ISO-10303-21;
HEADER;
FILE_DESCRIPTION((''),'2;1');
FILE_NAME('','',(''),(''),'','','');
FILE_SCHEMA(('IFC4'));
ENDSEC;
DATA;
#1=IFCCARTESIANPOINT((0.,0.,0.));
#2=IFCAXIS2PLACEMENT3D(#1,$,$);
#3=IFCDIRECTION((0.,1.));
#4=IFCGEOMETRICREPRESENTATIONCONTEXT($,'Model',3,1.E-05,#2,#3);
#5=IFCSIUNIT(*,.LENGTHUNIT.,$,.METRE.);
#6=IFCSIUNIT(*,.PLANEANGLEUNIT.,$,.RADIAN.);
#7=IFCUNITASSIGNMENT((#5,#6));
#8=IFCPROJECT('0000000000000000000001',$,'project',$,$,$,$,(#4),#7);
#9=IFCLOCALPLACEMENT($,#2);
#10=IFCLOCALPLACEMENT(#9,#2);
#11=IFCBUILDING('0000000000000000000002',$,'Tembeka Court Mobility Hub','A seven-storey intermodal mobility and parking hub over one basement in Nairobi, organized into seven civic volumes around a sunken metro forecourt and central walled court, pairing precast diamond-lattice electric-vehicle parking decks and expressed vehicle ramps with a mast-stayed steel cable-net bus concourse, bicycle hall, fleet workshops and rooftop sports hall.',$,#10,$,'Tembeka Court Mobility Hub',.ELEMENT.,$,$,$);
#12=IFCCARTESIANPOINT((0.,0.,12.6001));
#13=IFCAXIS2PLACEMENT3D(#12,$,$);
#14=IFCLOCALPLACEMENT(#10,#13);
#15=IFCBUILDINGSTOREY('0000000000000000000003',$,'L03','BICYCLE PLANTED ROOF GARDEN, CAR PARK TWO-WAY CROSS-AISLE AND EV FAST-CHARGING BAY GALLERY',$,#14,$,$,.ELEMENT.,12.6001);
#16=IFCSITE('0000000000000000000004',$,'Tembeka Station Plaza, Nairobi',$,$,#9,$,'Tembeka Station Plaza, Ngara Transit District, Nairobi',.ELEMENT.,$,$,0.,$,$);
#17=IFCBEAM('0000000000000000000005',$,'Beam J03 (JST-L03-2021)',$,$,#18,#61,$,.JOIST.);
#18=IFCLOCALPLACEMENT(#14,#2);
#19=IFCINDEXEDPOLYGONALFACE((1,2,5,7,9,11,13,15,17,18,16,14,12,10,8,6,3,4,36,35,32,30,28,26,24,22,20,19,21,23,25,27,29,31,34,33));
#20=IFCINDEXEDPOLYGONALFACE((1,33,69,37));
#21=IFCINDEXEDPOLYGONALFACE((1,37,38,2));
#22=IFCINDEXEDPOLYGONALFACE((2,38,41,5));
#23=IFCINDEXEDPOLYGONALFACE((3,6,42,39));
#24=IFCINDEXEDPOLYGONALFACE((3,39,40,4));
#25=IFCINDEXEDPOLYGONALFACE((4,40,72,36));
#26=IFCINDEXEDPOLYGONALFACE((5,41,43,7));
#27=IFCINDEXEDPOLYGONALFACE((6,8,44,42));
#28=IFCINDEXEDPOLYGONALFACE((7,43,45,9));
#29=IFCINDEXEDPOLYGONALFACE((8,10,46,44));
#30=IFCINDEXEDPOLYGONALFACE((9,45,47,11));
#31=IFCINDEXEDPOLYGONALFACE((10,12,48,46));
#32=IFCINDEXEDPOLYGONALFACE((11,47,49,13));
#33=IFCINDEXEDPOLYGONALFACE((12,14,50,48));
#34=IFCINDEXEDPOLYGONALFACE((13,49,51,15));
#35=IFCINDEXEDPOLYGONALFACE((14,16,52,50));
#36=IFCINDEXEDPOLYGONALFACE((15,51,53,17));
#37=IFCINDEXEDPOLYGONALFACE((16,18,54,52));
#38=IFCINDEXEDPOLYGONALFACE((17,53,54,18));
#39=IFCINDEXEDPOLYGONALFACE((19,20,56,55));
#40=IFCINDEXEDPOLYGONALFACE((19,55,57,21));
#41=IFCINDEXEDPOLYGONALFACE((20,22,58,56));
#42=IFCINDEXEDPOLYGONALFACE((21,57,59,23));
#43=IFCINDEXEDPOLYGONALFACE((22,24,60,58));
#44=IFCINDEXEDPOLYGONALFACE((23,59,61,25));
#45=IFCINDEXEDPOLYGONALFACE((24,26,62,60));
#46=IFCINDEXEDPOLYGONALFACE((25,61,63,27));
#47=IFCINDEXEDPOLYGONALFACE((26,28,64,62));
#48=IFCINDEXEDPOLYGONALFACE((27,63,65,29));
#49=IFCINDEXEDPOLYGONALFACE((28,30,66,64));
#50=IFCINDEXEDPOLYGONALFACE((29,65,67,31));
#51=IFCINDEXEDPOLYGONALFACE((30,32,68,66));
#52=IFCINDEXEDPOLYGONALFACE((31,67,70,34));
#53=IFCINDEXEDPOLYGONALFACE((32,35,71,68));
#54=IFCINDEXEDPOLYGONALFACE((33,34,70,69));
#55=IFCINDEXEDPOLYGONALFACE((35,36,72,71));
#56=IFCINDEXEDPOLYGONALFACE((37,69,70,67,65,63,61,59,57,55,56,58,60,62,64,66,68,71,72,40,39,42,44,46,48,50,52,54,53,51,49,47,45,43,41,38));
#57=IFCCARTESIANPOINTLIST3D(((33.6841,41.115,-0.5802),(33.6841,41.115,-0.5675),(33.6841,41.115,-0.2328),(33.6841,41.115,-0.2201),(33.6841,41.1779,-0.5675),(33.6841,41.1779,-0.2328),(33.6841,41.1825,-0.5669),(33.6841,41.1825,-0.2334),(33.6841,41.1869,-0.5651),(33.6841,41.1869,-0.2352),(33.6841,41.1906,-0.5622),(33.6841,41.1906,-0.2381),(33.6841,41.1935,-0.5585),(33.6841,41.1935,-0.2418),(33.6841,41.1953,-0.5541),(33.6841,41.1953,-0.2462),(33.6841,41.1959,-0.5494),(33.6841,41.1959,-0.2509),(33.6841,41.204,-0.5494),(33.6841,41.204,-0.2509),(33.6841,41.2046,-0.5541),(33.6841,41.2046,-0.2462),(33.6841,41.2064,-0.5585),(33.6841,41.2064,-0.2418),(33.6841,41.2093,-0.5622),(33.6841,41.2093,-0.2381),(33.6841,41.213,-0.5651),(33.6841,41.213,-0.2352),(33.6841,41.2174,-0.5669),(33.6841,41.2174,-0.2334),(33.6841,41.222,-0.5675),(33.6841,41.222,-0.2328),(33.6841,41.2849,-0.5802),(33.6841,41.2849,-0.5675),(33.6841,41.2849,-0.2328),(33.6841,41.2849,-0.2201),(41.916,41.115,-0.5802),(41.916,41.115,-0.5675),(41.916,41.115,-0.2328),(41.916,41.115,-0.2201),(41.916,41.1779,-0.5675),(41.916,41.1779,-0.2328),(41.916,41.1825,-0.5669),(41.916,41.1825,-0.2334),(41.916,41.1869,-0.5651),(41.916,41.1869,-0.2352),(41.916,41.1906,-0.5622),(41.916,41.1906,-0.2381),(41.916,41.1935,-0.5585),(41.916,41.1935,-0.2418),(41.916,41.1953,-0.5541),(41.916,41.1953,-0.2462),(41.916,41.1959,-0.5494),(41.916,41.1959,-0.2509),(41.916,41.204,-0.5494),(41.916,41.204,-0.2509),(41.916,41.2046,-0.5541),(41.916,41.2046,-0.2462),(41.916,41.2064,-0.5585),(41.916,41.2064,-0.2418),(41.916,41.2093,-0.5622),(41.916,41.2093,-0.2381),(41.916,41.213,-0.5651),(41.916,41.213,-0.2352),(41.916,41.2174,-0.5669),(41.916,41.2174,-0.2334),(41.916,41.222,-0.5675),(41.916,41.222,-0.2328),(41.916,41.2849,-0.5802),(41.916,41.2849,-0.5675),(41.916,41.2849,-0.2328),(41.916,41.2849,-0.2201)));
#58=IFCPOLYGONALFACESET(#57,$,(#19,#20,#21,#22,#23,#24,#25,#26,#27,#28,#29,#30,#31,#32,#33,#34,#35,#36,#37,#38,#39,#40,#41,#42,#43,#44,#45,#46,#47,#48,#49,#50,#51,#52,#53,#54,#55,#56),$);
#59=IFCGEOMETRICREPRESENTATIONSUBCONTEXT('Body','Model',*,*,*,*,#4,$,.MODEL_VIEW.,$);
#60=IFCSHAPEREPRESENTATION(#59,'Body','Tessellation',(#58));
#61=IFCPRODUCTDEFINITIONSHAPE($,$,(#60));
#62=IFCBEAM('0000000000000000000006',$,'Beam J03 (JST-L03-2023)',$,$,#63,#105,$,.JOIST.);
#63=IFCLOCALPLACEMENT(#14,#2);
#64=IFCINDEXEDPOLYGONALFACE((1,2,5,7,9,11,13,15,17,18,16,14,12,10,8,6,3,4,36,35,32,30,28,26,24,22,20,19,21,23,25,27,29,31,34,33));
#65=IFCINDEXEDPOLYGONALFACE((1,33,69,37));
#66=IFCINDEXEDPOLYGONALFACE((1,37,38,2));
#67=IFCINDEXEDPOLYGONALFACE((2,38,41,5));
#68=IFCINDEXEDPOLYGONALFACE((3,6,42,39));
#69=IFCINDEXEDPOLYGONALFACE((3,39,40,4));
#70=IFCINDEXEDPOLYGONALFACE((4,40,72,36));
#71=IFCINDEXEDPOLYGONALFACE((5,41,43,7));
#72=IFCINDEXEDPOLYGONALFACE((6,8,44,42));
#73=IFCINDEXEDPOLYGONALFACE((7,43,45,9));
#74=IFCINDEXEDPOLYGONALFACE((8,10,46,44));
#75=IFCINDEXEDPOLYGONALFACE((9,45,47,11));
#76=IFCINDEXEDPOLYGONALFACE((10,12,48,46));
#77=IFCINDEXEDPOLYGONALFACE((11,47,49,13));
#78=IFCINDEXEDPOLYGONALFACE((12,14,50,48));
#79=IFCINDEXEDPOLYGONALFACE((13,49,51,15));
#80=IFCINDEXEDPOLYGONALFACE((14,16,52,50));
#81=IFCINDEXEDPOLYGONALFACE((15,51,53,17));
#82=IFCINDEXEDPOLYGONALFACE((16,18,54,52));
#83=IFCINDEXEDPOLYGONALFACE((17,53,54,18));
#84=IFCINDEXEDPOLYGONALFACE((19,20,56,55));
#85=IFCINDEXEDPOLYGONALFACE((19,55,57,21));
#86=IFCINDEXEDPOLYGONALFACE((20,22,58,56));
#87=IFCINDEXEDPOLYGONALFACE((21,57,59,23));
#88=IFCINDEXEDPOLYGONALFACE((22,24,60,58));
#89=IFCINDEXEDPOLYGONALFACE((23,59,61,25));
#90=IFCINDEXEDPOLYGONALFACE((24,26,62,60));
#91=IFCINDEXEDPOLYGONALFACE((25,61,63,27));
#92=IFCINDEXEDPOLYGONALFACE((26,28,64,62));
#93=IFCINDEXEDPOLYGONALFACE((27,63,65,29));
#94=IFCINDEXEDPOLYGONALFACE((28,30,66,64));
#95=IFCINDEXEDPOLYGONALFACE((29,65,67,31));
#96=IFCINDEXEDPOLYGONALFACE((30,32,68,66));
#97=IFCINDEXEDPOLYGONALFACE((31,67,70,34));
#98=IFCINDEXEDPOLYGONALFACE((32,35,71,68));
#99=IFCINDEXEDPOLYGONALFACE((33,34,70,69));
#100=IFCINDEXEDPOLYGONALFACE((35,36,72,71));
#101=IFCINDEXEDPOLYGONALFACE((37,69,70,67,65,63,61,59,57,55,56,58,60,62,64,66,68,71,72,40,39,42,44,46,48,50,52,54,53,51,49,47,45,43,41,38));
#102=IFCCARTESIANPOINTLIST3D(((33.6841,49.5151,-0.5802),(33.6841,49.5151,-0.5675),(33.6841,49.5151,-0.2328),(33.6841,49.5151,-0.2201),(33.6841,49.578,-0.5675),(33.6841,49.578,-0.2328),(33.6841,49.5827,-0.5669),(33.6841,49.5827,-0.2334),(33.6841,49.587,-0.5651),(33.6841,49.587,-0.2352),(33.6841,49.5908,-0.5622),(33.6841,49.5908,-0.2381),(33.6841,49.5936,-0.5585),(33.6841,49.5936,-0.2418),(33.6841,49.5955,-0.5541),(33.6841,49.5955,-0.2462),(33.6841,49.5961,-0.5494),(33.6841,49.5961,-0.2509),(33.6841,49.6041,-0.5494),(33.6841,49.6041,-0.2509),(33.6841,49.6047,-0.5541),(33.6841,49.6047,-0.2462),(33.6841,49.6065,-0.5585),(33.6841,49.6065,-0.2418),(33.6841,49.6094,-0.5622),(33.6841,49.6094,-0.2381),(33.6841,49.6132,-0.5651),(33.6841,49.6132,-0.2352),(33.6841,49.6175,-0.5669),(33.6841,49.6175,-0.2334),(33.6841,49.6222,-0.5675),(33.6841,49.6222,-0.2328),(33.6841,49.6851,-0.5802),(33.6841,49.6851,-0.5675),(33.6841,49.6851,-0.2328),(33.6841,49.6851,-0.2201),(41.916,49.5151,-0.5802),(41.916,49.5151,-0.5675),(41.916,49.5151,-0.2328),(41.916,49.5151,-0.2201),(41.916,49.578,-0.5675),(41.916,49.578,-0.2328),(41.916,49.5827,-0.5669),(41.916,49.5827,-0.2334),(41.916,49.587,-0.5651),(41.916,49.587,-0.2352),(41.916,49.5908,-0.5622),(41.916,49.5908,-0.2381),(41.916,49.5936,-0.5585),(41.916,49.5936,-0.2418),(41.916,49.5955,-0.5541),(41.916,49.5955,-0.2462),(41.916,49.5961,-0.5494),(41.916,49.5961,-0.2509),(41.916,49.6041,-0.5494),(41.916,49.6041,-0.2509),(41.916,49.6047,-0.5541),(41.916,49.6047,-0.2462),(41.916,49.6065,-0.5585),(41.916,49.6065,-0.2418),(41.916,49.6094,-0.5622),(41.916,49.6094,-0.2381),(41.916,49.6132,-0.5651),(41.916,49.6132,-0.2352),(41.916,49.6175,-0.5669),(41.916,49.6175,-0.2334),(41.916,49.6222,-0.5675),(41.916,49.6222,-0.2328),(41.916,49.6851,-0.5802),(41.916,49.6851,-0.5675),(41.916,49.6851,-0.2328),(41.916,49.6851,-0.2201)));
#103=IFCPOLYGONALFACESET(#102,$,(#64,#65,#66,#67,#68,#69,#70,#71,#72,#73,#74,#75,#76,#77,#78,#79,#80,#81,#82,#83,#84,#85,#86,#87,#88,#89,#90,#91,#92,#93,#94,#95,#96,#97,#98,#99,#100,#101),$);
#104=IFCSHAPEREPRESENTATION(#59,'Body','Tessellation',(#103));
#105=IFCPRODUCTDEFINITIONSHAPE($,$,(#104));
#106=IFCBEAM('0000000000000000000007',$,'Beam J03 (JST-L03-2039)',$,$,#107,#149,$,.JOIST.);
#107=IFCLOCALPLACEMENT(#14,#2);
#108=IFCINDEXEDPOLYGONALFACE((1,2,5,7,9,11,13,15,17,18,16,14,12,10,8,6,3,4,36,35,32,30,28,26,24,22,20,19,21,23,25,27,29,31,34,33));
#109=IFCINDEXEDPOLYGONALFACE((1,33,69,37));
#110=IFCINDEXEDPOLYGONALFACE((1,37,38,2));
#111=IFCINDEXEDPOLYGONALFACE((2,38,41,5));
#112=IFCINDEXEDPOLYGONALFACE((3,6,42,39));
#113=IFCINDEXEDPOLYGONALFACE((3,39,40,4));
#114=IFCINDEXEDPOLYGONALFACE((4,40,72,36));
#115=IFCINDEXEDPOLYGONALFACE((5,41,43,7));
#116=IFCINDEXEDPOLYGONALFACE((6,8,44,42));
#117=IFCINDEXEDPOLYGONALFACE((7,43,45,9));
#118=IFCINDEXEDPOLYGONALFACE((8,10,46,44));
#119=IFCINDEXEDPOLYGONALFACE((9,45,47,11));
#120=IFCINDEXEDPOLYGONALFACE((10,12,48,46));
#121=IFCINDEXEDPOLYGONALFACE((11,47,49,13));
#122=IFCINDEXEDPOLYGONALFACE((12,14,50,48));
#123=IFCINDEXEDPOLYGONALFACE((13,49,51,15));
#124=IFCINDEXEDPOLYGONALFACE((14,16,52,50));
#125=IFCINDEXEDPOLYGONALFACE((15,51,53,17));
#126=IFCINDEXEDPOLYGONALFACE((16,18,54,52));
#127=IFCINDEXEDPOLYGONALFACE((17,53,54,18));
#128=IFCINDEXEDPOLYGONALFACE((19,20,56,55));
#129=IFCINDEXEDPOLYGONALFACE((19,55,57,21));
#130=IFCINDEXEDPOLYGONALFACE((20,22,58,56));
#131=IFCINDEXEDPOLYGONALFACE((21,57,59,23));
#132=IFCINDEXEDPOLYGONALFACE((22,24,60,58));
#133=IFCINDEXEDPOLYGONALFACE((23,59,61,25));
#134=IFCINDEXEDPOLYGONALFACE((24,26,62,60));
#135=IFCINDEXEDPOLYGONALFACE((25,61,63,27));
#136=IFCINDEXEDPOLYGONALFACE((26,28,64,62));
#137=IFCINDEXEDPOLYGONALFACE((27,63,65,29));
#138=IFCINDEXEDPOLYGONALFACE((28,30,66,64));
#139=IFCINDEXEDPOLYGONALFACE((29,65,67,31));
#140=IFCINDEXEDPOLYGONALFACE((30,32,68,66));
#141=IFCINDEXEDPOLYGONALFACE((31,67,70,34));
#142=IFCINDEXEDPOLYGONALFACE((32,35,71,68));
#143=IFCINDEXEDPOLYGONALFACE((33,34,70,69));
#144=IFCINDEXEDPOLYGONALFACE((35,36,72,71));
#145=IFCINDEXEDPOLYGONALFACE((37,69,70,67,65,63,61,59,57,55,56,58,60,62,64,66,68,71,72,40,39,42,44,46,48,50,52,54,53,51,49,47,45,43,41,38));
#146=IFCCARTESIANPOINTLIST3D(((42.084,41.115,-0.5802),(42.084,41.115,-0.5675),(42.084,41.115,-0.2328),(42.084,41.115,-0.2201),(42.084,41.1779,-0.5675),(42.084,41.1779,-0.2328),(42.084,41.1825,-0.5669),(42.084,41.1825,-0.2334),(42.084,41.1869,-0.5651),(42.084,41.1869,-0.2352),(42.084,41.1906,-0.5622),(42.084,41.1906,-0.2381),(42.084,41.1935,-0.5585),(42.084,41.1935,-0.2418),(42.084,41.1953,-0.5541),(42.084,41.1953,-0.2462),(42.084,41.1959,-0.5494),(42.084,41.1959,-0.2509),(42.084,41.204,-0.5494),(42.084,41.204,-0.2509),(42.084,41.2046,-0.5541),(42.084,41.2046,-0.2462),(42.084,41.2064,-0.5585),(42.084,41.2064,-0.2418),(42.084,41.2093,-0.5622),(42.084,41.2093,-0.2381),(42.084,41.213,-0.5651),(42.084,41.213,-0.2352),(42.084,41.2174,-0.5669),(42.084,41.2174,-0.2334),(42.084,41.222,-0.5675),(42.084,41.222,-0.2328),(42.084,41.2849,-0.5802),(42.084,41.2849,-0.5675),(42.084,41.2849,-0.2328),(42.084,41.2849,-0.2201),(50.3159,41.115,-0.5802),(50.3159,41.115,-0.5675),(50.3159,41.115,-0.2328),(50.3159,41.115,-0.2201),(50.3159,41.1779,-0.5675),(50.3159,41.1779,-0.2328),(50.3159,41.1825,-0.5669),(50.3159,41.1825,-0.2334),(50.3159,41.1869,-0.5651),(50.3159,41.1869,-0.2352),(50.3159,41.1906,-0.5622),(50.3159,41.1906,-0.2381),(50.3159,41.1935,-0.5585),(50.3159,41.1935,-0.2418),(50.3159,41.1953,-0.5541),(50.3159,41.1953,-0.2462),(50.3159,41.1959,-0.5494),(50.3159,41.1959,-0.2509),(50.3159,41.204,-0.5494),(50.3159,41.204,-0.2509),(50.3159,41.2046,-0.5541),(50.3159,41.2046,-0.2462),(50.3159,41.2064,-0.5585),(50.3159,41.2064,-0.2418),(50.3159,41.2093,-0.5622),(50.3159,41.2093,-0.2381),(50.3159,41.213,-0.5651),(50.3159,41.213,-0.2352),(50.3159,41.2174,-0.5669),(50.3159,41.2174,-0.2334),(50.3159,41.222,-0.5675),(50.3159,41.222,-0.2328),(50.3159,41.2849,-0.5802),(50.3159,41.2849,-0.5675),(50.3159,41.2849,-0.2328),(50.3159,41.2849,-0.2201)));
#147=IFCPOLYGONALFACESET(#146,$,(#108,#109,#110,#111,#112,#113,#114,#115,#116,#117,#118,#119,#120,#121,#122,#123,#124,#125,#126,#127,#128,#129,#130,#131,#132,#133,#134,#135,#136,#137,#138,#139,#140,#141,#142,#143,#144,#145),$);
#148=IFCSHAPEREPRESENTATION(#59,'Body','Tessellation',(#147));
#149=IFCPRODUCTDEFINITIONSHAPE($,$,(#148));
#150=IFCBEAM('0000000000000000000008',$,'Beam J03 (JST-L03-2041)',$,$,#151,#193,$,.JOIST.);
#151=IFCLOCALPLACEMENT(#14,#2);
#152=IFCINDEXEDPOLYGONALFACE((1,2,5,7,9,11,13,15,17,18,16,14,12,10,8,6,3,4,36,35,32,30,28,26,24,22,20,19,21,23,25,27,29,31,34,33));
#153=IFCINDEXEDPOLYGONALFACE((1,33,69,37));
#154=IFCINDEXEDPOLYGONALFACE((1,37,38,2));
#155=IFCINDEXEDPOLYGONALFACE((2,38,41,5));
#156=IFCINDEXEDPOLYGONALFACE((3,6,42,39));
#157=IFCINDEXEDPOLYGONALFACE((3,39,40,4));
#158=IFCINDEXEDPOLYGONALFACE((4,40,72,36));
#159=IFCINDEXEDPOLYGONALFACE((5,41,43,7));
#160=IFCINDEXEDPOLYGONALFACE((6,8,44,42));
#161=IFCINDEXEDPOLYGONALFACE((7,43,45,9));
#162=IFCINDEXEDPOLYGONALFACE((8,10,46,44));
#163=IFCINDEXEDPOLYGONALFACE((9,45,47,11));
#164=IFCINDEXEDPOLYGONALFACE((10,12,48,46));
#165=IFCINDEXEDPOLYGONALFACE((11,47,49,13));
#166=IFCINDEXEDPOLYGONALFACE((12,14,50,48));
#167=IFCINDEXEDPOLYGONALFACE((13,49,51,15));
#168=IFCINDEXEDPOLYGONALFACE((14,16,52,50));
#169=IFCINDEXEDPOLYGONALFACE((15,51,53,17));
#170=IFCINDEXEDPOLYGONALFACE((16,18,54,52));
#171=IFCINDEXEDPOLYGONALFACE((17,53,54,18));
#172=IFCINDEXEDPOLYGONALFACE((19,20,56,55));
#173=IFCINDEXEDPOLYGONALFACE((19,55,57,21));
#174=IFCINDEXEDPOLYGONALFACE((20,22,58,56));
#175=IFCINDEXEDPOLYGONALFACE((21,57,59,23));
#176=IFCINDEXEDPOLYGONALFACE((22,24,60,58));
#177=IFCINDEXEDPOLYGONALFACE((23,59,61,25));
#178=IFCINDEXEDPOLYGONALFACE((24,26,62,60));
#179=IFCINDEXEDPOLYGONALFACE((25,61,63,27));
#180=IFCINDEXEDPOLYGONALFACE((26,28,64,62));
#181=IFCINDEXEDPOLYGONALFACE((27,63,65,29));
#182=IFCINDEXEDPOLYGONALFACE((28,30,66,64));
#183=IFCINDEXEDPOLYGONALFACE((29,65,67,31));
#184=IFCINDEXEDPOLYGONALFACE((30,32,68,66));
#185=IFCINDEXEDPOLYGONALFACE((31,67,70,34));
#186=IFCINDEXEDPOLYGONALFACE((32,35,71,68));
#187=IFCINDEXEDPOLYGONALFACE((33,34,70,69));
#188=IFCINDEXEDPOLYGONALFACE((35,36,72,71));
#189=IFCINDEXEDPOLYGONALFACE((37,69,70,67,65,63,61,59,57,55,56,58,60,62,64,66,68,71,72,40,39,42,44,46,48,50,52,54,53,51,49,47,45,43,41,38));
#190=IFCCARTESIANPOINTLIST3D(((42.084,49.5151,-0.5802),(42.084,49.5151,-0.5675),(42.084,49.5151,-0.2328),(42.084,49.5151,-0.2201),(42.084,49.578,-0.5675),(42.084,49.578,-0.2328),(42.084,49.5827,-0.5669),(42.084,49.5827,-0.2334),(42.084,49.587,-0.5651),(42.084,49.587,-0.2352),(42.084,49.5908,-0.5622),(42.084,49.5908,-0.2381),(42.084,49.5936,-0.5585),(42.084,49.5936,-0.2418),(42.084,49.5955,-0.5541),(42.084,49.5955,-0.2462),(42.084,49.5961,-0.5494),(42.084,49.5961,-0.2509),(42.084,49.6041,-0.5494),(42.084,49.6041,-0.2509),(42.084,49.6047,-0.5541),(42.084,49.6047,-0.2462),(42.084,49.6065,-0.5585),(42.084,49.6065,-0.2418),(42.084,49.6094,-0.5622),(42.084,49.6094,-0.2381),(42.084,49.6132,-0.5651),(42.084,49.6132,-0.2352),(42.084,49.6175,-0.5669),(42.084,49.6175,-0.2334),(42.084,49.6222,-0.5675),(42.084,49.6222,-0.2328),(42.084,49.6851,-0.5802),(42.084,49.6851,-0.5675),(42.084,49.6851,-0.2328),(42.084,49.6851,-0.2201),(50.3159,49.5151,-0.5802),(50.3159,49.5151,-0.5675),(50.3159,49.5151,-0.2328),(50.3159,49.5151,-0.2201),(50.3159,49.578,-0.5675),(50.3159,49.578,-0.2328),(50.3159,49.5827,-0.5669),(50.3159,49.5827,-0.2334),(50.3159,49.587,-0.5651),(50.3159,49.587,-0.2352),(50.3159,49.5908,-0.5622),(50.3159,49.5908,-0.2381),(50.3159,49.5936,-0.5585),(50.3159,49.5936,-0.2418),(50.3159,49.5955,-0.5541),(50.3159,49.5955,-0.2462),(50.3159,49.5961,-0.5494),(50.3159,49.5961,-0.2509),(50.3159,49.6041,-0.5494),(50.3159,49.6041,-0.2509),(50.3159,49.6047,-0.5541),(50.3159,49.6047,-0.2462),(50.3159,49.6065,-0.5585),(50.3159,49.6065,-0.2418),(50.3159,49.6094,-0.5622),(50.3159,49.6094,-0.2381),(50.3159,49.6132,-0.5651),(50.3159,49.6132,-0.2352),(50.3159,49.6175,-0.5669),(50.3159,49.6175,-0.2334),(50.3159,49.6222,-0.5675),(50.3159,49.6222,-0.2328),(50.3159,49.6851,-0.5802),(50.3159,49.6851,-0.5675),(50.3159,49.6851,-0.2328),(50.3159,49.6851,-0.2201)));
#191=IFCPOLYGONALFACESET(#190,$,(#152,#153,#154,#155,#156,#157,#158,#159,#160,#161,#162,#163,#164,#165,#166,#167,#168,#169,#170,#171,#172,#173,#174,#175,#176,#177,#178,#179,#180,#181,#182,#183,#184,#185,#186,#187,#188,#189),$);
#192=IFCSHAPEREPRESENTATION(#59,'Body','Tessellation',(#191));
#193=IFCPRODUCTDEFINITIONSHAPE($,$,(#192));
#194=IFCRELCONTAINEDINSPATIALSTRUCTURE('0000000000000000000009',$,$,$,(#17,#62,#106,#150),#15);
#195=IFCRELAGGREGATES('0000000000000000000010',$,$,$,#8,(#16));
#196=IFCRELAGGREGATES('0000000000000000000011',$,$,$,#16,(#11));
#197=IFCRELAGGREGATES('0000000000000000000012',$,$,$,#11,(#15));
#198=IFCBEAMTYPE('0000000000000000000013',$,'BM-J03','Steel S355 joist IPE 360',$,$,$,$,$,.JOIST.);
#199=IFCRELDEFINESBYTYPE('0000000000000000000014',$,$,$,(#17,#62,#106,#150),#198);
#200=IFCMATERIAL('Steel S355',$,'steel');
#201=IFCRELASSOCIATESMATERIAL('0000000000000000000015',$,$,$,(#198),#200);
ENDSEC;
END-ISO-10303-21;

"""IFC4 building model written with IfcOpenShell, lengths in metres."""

from ifc_helpers import new_model, si_unit, direction, frame, origin, origin_2d, place, context, subcontext, project, spatial, i_section, extrude, material, material_profile, profile_set, type_object, element, save


model = new_model("IFC4")

# Units and contexts
model_context = context("Model", 3, precision=1e-05, world=origin(), true_north=direction((0.0, 1.0)))
body_context = subcontext(model_context, "Body", "Model", "MODEL_VIEW")
ifc_project = project(units=[si_unit("LENGTHUNIT", "METRE"), si_unit("PLANEANGLEUNIT", "RADIAN")], contexts=[model_context])

# Site, building, storey
site_placement = place(None, origin())
site = spatial("IfcSite", under=ifc_project, at=site_placement, Name="Tembeka Station Plaza, Nairobi", LongName="Tembeka Station Plaza, Ngara Transit District, Nairobi", CompositionType="ELEMENT", RefElevation=0.0)
building_placement = place(site_placement, origin())
building = spatial("IfcBuilding", under=site, at=building_placement, Name="Tembeka Court Mobility Hub", Description="A seven-storey intermodal mobility and parking hub over one basement in Nairobi, organized into seven civic volumes around a sunken metro forecourt and central walled court, pairing precast diamond-lattice electric-vehicle parking decks and expressed vehicle ramps with a mast-stayed steel cable-net bus concourse, bicycle hall, fleet workshops and rooftop sports hall.", LongName="Tembeka Court Mobility Hub", CompositionType="ELEMENT")
storey_placement = place(building_placement, frame((0.0, 0.0, 12.6001)))
storey = spatial("IfcBuildingStorey", under=building, at=storey_placement, Name="L03", Description="BICYCLE PLANTED ROOF GARDEN, CAR PARK TWO-WAY CROSS-AISLE AND EV FAST-CHARGING BAY GALLERY", CompositionType="ELEMENT", Elevation=12.6001)

# Shared definitions
ifc_material_1 = material(Name="Steel S355", Category="steel")

# Beams
ifc_material_profile_1 = material_profile(ifc_material_1, i_section(OverallWidth=0.1699, OverallDepth=0.3601, WebThickness=0.0081, FlangeThickness=0.0127, FilletRadius=0.0181, at=origin_2d()), Name="IPE 360")
ifc_profile_set_1 = profile_set([ifc_material_profile_1], Name="Steel S355")
beam_type_1 = type_object("IfcBeamType", Name="BM-J03", Description="Steel S355 joist IPE 360", PredefinedType="JOIST", material=ifc_profile_set_1)
for number, where, z_axis, x_axis, name in (
    (1, (33.6841, 41.2, -0.4001), (1.0, 0.0, 0.0), (0.0, 1.0, 0.0), "Beam J03 (JST-L03-2021)"),
    (2, (33.6841, 49.6001, -0.4001), (1.0, 0.0, 0.0), (0.0, 1.0, 0.0), "Beam J03 (JST-L03-2023)"),
    (3, (42.084, 41.2, -0.4001), (1.0, 0.0, 0.0), (0.0, 1.0, 0.0), "Beam J03 (JST-L03-2039)"),
    (4, (42.084, 49.6001, -0.4001), (1.0, 0.0, 0.0), (0.0, 1.0, 0.0), "Beam J03 (JST-L03-2041)"),
):
    element("IfcBeam", number, at=place(storey_placement, frame(where, z_axis=z_axis, x_axis=x_axis)), inside=storey, type_object=beam_type_1, Name=name, PredefinedType="JOIST", context=body_context, shape_type="SweptSolid", body=[
        extrude(i_section(OverallWidth=0.1699, OverallDepth=0.3601, WebThickness=0.0081, FlangeThickness=0.0127, FilletRadius=0.0181, at=origin_2d()), origin(), (0.0, 0.0, 1.0), 8.2319),
    ])

save(model, "model.ifc")
